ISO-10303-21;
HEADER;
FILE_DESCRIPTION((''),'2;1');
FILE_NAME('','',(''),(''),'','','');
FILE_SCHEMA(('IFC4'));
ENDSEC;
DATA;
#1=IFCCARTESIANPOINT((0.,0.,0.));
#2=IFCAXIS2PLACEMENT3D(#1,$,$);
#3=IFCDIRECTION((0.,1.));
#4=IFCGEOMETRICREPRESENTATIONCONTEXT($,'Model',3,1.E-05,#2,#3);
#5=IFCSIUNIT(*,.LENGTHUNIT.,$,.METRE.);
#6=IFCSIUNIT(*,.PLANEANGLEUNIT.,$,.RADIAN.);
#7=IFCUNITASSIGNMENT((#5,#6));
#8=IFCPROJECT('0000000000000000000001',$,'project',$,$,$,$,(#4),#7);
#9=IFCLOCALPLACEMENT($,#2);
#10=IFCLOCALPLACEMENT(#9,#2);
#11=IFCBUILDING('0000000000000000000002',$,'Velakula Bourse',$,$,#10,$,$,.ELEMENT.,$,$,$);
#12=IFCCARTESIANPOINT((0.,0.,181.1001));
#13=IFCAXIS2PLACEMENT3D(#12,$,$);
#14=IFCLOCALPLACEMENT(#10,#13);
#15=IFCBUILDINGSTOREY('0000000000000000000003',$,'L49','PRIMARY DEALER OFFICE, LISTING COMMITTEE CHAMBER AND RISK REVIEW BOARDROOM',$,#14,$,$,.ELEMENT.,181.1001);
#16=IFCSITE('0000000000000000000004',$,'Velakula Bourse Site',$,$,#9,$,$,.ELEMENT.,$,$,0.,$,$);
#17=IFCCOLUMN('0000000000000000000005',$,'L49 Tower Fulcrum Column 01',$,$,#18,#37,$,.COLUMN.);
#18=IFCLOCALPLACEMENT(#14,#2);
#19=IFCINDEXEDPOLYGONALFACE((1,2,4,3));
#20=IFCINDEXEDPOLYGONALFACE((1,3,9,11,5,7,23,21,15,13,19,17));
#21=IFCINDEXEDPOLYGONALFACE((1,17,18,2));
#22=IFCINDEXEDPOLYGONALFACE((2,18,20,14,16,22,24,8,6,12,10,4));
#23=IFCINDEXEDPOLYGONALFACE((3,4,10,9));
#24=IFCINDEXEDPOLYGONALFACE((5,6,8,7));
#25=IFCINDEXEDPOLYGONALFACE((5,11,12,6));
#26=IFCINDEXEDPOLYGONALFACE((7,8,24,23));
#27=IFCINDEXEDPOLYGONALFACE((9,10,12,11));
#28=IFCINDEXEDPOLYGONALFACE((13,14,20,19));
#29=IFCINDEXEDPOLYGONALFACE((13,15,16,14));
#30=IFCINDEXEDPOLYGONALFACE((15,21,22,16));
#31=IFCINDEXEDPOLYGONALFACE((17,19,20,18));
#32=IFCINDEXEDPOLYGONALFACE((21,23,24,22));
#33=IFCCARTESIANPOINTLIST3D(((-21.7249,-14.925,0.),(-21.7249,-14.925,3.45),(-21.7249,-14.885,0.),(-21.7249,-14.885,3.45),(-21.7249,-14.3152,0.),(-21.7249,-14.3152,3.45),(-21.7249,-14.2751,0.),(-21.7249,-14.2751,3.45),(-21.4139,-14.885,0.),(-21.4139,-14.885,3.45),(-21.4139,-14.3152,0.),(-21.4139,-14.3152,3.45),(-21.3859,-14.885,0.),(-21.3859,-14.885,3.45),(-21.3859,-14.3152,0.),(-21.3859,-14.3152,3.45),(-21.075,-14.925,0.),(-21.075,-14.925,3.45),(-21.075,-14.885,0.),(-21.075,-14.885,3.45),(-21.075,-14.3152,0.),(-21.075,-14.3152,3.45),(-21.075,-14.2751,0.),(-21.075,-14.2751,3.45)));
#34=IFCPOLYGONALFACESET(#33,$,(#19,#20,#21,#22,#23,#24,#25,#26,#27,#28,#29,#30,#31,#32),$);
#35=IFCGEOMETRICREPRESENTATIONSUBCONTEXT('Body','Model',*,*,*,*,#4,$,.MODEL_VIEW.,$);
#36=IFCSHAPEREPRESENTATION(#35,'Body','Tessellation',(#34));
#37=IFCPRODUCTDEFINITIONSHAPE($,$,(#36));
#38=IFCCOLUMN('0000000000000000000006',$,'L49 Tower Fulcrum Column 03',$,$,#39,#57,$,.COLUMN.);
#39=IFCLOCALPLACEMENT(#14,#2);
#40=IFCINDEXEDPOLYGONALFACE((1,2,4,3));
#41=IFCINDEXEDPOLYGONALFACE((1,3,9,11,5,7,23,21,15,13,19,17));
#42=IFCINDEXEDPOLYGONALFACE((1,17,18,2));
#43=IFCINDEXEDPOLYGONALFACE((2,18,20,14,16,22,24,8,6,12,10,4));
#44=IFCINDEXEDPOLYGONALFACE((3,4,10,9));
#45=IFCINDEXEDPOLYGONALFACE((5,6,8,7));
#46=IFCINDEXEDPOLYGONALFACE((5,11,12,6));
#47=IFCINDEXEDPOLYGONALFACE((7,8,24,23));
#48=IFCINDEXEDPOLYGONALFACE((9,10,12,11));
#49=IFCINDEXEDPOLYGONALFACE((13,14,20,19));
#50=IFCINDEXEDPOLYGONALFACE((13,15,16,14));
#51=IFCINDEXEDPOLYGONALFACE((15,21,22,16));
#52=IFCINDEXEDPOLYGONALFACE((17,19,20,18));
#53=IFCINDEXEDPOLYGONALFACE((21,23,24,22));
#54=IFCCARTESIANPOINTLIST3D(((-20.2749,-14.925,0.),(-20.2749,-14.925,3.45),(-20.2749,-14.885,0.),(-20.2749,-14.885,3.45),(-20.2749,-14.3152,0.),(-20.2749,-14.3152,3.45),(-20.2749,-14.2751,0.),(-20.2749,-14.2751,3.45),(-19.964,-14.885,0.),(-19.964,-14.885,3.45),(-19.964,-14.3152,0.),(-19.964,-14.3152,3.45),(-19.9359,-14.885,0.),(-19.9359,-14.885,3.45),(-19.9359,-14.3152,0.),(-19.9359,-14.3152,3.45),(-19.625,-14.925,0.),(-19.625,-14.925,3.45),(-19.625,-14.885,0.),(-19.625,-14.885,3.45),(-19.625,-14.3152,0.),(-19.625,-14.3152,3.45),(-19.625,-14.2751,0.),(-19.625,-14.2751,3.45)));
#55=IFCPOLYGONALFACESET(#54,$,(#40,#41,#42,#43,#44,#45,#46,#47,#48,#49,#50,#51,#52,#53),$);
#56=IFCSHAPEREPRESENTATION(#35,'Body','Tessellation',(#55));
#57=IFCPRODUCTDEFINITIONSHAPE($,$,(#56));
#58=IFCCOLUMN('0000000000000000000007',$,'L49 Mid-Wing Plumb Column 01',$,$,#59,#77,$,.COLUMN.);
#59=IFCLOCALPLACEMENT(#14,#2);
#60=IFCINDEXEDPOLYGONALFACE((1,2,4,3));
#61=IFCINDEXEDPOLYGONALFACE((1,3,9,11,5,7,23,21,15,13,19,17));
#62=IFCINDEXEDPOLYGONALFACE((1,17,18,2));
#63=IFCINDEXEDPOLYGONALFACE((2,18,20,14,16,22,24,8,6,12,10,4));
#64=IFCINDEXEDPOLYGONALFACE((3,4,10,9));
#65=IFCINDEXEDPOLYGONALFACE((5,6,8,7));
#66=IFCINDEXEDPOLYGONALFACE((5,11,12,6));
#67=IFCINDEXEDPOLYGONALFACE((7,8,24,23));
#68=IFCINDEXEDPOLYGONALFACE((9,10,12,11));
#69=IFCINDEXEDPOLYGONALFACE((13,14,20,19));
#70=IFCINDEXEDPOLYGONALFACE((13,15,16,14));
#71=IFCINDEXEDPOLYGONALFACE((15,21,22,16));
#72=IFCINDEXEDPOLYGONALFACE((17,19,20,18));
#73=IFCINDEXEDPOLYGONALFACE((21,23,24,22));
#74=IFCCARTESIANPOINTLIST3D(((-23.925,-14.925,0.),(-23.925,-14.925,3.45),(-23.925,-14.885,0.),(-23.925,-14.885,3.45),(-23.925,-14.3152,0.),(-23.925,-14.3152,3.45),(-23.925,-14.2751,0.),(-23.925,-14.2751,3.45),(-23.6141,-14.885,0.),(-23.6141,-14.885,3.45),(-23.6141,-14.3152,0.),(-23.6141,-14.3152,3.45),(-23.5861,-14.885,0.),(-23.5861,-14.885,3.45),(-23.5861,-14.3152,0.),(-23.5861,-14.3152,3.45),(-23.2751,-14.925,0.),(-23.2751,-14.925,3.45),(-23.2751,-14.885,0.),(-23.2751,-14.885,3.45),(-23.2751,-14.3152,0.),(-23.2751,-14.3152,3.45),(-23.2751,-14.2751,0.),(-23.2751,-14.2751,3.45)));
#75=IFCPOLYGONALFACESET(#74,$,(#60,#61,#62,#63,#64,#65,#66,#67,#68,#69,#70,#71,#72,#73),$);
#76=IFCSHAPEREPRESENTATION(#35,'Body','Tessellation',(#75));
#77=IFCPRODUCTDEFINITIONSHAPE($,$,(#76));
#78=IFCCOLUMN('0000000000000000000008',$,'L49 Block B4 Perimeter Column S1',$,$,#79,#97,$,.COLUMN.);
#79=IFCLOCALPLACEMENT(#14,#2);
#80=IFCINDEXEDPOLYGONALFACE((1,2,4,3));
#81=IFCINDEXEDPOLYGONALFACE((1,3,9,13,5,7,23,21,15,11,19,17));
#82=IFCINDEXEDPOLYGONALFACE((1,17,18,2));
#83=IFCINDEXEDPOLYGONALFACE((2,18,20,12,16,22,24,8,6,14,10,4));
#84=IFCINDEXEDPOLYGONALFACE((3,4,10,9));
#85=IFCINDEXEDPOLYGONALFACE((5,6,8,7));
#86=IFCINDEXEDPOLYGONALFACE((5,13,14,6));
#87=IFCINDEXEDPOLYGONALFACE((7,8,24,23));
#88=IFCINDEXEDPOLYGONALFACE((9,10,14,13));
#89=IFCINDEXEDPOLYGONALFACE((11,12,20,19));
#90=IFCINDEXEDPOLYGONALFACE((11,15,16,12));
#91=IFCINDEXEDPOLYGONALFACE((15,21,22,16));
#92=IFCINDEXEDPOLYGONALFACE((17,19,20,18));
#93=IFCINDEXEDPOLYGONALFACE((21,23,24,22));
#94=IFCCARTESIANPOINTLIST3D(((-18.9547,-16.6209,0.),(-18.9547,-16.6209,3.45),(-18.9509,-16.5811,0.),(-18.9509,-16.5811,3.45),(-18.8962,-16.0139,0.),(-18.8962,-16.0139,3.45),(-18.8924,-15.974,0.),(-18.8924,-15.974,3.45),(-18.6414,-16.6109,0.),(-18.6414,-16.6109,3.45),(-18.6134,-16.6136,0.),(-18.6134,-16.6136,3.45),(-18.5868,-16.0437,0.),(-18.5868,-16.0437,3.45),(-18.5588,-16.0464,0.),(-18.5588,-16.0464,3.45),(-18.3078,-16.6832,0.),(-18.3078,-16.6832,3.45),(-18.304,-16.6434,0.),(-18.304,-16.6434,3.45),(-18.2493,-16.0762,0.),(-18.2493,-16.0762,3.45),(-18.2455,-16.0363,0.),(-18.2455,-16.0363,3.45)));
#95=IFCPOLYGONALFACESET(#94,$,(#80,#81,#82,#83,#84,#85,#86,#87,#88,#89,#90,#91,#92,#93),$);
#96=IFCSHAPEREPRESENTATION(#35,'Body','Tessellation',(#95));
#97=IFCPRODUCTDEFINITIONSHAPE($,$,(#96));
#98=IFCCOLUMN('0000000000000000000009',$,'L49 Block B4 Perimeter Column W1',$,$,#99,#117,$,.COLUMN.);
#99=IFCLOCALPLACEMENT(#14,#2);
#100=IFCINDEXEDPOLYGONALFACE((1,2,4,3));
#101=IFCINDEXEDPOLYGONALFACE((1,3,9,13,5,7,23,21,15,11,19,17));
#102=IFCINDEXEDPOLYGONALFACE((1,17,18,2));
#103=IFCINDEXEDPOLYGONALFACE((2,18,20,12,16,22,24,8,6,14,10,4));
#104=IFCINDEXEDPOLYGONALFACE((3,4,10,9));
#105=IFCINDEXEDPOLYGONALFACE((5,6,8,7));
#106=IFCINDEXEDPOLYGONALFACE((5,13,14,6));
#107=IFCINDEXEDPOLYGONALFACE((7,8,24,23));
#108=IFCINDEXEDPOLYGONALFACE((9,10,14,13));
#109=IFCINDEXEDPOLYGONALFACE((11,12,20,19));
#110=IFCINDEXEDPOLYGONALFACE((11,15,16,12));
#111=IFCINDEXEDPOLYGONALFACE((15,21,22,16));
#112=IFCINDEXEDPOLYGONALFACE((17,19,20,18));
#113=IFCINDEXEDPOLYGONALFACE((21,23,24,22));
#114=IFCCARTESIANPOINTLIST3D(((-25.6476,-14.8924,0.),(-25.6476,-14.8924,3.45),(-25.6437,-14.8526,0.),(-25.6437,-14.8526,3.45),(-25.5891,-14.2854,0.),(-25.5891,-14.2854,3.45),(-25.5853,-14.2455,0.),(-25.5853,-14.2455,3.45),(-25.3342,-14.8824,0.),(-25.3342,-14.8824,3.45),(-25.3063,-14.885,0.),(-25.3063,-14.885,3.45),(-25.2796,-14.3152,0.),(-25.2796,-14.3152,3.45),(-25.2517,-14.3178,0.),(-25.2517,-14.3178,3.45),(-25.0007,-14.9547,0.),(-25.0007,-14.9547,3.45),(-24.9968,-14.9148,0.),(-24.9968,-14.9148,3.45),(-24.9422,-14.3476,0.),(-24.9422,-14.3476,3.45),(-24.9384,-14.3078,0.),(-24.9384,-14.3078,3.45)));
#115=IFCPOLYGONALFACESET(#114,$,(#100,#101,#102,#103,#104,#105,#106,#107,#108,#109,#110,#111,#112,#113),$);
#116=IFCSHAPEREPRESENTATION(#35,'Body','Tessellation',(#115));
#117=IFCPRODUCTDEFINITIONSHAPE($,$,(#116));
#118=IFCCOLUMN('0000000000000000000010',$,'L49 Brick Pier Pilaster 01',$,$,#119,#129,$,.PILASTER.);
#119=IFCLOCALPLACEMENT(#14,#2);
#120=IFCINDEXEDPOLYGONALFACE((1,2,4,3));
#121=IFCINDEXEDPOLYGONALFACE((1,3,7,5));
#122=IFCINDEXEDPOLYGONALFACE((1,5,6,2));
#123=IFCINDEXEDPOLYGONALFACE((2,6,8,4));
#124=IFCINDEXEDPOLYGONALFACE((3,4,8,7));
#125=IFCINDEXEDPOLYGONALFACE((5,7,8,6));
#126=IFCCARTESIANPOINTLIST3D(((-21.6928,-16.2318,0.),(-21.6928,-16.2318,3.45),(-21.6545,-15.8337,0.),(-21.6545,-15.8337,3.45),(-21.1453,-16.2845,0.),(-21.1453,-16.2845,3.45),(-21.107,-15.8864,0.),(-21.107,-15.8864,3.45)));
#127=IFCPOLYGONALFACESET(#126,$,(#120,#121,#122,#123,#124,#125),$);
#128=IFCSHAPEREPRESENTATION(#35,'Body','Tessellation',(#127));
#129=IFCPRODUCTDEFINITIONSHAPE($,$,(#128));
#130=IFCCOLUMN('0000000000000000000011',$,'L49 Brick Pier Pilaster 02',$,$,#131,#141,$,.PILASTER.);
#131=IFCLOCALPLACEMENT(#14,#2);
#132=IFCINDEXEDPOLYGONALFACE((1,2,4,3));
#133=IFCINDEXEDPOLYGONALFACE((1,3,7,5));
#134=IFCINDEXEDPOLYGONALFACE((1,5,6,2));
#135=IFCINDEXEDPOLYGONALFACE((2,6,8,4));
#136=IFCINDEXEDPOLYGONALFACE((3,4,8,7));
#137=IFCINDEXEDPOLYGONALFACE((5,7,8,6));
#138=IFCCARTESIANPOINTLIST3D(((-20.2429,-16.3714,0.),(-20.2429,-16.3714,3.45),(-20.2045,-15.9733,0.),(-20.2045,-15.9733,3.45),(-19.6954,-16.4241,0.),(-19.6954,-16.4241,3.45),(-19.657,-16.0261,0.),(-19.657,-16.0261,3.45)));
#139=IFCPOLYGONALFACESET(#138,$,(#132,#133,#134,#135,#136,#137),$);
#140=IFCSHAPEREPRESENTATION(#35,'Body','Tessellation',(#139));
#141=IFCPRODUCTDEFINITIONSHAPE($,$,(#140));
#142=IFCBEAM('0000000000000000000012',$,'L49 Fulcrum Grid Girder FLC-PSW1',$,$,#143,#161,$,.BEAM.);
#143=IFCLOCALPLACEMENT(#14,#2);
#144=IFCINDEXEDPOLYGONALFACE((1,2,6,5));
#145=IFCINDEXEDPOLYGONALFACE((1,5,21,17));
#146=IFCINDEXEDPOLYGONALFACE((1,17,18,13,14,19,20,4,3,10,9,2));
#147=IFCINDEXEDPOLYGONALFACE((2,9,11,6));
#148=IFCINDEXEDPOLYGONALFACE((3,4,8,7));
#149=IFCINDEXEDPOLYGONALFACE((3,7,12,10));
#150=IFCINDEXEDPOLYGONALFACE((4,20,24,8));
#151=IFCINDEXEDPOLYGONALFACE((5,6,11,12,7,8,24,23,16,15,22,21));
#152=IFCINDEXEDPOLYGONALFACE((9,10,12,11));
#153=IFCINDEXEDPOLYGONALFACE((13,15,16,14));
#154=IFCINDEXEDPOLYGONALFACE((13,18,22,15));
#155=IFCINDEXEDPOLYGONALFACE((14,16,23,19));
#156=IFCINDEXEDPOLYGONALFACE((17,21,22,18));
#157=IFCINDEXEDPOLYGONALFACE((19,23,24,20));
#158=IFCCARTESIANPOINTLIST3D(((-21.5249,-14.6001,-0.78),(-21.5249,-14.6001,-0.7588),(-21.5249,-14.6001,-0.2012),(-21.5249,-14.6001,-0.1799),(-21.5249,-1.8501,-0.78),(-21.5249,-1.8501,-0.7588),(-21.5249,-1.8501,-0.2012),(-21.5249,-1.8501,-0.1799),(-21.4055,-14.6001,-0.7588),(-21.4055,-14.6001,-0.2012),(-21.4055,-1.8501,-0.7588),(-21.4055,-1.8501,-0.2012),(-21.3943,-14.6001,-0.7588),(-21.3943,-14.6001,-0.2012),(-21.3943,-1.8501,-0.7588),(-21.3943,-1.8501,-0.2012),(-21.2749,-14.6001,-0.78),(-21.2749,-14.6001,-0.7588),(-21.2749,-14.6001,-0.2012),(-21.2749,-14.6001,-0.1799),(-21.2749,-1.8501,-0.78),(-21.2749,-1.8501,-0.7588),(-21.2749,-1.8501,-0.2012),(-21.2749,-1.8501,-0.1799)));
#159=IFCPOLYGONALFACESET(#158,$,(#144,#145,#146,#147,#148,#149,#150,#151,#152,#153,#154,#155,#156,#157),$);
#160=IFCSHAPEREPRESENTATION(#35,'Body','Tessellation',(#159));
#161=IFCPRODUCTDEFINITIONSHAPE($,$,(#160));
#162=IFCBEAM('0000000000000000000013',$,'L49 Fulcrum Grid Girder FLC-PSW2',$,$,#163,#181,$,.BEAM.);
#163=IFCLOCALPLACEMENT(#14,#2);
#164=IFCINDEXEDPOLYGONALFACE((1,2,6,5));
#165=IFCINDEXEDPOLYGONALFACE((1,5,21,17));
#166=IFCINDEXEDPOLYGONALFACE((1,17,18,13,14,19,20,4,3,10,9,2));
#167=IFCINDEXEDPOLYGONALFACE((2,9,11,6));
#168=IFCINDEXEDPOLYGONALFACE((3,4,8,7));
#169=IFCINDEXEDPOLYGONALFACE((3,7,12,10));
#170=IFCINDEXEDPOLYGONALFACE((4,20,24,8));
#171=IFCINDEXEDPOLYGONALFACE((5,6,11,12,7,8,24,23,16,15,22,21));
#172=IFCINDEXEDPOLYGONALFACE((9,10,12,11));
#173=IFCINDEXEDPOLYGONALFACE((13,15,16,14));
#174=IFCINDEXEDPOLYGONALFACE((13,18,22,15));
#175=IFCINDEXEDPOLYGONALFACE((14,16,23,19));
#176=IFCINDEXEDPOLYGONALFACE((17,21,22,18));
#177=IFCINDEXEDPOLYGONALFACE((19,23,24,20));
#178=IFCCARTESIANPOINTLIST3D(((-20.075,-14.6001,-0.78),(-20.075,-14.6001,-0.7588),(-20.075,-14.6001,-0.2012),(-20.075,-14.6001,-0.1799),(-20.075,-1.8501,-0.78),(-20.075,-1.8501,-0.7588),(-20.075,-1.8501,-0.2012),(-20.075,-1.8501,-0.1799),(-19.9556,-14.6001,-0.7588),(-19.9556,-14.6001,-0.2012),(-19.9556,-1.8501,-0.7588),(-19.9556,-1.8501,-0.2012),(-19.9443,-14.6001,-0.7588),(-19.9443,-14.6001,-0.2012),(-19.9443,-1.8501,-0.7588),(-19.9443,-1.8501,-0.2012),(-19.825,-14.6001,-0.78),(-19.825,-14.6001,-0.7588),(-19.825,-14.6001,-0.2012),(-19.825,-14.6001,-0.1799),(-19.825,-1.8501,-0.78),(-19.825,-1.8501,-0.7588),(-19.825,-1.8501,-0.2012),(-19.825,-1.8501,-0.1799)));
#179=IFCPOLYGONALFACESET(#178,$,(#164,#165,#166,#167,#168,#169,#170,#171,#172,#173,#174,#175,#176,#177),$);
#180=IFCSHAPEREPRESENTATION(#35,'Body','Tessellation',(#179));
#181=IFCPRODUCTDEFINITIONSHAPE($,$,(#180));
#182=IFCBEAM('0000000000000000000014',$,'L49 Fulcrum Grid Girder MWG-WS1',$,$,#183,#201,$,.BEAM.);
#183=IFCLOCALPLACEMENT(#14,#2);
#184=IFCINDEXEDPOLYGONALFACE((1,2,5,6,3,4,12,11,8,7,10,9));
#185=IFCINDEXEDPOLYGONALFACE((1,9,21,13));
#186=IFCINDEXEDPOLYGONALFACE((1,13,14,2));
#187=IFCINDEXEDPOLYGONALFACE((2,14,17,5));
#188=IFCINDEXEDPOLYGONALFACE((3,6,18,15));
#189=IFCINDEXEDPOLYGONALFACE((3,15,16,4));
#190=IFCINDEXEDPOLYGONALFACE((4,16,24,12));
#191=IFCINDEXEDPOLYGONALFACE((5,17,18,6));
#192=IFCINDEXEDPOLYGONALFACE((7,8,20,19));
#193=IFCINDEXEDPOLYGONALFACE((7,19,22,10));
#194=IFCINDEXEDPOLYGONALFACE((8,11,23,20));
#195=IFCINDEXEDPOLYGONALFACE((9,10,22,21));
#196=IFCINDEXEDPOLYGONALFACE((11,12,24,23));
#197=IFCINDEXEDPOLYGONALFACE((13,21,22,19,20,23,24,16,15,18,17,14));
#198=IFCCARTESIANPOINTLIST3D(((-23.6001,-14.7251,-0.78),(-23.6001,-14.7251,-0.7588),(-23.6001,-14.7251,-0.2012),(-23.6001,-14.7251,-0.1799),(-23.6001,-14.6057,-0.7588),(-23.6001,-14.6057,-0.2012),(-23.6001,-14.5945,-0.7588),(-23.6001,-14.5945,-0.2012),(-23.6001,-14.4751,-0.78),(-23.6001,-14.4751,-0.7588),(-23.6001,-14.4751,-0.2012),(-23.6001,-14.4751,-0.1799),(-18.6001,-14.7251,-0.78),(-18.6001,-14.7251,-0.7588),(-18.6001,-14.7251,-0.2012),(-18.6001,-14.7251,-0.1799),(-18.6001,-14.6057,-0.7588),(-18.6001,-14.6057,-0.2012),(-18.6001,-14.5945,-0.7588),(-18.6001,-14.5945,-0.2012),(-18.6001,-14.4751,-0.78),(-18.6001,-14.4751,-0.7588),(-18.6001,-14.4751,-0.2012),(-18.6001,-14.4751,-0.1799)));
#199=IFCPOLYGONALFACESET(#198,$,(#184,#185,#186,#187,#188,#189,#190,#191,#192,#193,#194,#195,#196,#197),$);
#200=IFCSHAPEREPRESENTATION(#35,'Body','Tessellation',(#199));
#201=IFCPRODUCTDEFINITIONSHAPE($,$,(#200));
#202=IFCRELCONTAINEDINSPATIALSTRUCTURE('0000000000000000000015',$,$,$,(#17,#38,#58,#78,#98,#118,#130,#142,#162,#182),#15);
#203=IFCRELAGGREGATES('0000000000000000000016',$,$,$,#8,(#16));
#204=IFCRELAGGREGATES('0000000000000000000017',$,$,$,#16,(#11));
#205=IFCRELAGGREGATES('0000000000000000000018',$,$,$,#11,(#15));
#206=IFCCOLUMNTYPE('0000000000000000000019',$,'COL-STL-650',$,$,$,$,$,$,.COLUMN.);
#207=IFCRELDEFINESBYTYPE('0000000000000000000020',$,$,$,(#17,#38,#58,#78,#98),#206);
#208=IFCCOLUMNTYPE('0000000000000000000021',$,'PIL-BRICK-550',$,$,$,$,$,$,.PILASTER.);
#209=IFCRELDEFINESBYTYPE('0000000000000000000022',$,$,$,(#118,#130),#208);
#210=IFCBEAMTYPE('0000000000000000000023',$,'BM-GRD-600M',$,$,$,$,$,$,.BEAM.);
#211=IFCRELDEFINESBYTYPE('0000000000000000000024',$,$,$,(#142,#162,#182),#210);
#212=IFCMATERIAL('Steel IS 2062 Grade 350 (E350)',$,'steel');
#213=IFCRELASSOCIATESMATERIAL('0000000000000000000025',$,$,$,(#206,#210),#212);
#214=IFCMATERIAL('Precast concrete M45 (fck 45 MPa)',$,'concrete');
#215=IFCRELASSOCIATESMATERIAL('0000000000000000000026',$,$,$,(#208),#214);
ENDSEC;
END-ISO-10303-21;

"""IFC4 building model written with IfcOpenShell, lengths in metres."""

from ifc_helpers import new_model, si_unit, direction, frame, origin, origin_2d, place, context, subcontext, project, spatial, rectangle, i_section, extrude, material, material_profile, profile_set, type_object, element, save


model = new_model("IFC4")

# Units and contexts
model_context = context("Model", 3, precision=1e-05, world=origin(), true_north=direction((0.0, 1.0)))
body_context = subcontext(model_context, "Body", "Model", "MODEL_VIEW")
ifc_project = project(units=[si_unit("LENGTHUNIT", "METRE"), si_unit("PLANEANGLEUNIT", "RADIAN")], contexts=[model_context])

# Site, building, storey
site_placement = place(None, origin())
site = spatial("IfcSite", under=ifc_project, at=site_placement, Name="Velakula Bourse Site", CompositionType="ELEMENT", RefElevation=0.0)
building_placement = place(site_placement, origin())
building = spatial("IfcBuilding", under=site, at=building_placement, Name="Velakula Bourse", CompositionType="ELEMENT")
storey_placement = place(building_placement, frame((0.0, 0.0, 181.1001)))
storey = spatial("IfcBuildingStorey", under=building, at=storey_placement, Name="L49", Description="PRIMARY DEALER OFFICE, LISTING COMMITTEE CHAMBER AND RISK REVIEW BOARDROOM", CompositionType="ELEMENT", Elevation=181.1001)

# Columns
ifc_material_1 = material(Name="Steel IS 2062 Grade 350 (E350)", Category="steel")
ifc_material_profile_1 = material_profile(ifc_material_1, i_section(OverallWidth=0.6499, OverallDepth=0.6499, WebThickness=0.0281, FlangeThickness=0.04, at=origin_2d()), Name="Steel IS 2062 Grade 350 (E350)")
ifc_profile_set_1 = profile_set([ifc_material_profile_1], Name="Steel IS 2062 Grade 350 (E350)")
column_type_1 = type_object("IfcColumnType", Name="COL-STL-650", PredefinedType="COLUMN", material=ifc_profile_set_1)
for number, where, z_axis, x_axis, name in (
    (1, (-21.3999, -14.6001, 0.0), (0.0, 0.0, 1.0), (1.0, 0.0, 0.0), "L49 Tower Fulcrum Column 01"),
    (2, (-19.95, -14.6001, 0.0), (0.0, 0.0, 1.0), (1.0, 0.0, 0.0), "L49 Tower Fulcrum Column 03"),
    (3, (-23.6001, -14.6001, 0.0), (0.0, 0.0, 1.0), (1.0, 0.0, 0.0), "L49 Mid-Wing Plumb Column 01"),
    (4, (-18.6001, -16.3286, 0.0), (0.0, 0.0, 1.0), (0.995396, -0.095846, 0.0), "L49 Block B4 Perimeter Column S1"),
    (5, (-25.293, -14.6001, 0.0), (0.0, 0.0, 1.0), (0.995396, -0.095846, 0.0), "L49 Block B4 Perimeter Column W1"),
):
    element("IfcColumn", number, at=place(storey_placement, frame(where, z_axis=z_axis, x_axis=x_axis)), inside=storey, type_object=column_type_1, Name=name, PredefinedType="COLUMN", context=body_context, shape_type="SweptSolid", body=[
        extrude(i_section(OverallWidth=0.6499, OverallDepth=0.6499, WebThickness=0.0281, FlangeThickness=0.04, at=origin_2d()), origin(), (0.0, 0.0, 1.0), 3.45),
    ])
ifc_material_2 = material(Name="Precast concrete M45 (fck 45 MPa)", Category="concrete")
ifc_material_profile_2 = material_profile(ifc_material_2, rectangle(XDim=0.55, YDim=0.3999, at=origin_2d()), Name="Precast concrete M45 (fck 45 MPa)")
ifc_profile_set_2 = profile_set([ifc_material_profile_2], Name="Precast concrete M45 (fck 45 MPa)")
column_type_2 = type_object("IfcColumnType", Name="PIL-BRICK-550", PredefinedType="PILASTER", material=ifc_profile_set_2)
for number, where, z_axis, x_axis, name in (
    (6, (-21.3999, -16.0591, 0.0), (0.0, 0.0, 1.0), (0.995396, -0.095846, 0.0), "L49 Brick Pier Pilaster 01"),
    (7, (-19.95, -16.1987, 0.0), (0.0, 0.0, 1.0), (0.995396, -0.095846, 0.0), "L49 Brick Pier Pilaster 02"),
):
    element("IfcColumn", number, at=place(storey_placement, frame(where, z_axis=z_axis, x_axis=x_axis)), inside=storey, type_object=column_type_2, Name=name, PredefinedType="PILASTER", context=body_context, shape_type="SweptSolid", body=[
        extrude(rectangle(XDim=0.55, YDim=0.3999, at=origin_2d()), origin(), (0.0, 0.0, 1.0), 3.45),
    ])

# Beams
ifc_material_profile_3 = material_profile(ifc_material_1, i_section(OverallWidth=0.25, OverallDepth=0.6001, WebThickness=0.0112, FlangeThickness=0.0212, at=origin_2d()), Name="Steel IS 2062 Grade 350 (E350)")
ifc_profile_set_3 = profile_set([ifc_material_profile_3], Name="Steel IS 2062 Grade 350 (E350)")
beam_type_1 = type_object("IfcBeamType", Name="BM-GRD-600M", PredefinedType="BEAM", material=ifc_profile_set_3)
for number, where, z_axis, x_axis, name in (
    (8, (-21.3999, -14.6001, -0.48), (0.0, 1.0, 0.0), (-1.0, 0.0, 0.0), "L49 Fulcrum Grid Girder FLC-PSW1"),
    (9, (-19.95, -14.6001, -0.48), (0.0, 1.0, 0.0), (-1.0, 0.0, 0.0), "L49 Fulcrum Grid Girder FLC-PSW2"),
):
    element("IfcBeam", number, at=place(storey_placement, frame(where, z_axis=z_axis, x_axis=x_axis)), inside=storey, type_object=beam_type_1, Name=name, PredefinedType="BEAM", context=body_context, shape_type="SweptSolid", body=[
        extrude(i_section(OverallWidth=0.25, OverallDepth=0.6001, WebThickness=0.0112, FlangeThickness=0.0212, at=origin_2d()), origin(), (0.0, 0.0, 1.0), 12.75),
    ])
beam_1_placement = place(storey_placement, frame((-23.6001, -14.6001, -0.48), z_axis=(1.0, 0.0, 0.0), x_axis=(0.0, 1.0, 0.0)))
element("IfcBeam", 10, at=beam_1_placement, inside=storey, type_object=beam_type_1, Name="L49 Fulcrum Grid Girder MWG-WS1", PredefinedType="BEAM", context=body_context, shape_type="SweptSolid", body=[
    extrude(i_section(OverallWidth=0.25, OverallDepth=0.6001, WebThickness=0.0112, FlangeThickness=0.0212, at=origin_2d()), origin(), (0.0, 0.0, 1.0), 5.0),
])

save(model, "model.ifc")
